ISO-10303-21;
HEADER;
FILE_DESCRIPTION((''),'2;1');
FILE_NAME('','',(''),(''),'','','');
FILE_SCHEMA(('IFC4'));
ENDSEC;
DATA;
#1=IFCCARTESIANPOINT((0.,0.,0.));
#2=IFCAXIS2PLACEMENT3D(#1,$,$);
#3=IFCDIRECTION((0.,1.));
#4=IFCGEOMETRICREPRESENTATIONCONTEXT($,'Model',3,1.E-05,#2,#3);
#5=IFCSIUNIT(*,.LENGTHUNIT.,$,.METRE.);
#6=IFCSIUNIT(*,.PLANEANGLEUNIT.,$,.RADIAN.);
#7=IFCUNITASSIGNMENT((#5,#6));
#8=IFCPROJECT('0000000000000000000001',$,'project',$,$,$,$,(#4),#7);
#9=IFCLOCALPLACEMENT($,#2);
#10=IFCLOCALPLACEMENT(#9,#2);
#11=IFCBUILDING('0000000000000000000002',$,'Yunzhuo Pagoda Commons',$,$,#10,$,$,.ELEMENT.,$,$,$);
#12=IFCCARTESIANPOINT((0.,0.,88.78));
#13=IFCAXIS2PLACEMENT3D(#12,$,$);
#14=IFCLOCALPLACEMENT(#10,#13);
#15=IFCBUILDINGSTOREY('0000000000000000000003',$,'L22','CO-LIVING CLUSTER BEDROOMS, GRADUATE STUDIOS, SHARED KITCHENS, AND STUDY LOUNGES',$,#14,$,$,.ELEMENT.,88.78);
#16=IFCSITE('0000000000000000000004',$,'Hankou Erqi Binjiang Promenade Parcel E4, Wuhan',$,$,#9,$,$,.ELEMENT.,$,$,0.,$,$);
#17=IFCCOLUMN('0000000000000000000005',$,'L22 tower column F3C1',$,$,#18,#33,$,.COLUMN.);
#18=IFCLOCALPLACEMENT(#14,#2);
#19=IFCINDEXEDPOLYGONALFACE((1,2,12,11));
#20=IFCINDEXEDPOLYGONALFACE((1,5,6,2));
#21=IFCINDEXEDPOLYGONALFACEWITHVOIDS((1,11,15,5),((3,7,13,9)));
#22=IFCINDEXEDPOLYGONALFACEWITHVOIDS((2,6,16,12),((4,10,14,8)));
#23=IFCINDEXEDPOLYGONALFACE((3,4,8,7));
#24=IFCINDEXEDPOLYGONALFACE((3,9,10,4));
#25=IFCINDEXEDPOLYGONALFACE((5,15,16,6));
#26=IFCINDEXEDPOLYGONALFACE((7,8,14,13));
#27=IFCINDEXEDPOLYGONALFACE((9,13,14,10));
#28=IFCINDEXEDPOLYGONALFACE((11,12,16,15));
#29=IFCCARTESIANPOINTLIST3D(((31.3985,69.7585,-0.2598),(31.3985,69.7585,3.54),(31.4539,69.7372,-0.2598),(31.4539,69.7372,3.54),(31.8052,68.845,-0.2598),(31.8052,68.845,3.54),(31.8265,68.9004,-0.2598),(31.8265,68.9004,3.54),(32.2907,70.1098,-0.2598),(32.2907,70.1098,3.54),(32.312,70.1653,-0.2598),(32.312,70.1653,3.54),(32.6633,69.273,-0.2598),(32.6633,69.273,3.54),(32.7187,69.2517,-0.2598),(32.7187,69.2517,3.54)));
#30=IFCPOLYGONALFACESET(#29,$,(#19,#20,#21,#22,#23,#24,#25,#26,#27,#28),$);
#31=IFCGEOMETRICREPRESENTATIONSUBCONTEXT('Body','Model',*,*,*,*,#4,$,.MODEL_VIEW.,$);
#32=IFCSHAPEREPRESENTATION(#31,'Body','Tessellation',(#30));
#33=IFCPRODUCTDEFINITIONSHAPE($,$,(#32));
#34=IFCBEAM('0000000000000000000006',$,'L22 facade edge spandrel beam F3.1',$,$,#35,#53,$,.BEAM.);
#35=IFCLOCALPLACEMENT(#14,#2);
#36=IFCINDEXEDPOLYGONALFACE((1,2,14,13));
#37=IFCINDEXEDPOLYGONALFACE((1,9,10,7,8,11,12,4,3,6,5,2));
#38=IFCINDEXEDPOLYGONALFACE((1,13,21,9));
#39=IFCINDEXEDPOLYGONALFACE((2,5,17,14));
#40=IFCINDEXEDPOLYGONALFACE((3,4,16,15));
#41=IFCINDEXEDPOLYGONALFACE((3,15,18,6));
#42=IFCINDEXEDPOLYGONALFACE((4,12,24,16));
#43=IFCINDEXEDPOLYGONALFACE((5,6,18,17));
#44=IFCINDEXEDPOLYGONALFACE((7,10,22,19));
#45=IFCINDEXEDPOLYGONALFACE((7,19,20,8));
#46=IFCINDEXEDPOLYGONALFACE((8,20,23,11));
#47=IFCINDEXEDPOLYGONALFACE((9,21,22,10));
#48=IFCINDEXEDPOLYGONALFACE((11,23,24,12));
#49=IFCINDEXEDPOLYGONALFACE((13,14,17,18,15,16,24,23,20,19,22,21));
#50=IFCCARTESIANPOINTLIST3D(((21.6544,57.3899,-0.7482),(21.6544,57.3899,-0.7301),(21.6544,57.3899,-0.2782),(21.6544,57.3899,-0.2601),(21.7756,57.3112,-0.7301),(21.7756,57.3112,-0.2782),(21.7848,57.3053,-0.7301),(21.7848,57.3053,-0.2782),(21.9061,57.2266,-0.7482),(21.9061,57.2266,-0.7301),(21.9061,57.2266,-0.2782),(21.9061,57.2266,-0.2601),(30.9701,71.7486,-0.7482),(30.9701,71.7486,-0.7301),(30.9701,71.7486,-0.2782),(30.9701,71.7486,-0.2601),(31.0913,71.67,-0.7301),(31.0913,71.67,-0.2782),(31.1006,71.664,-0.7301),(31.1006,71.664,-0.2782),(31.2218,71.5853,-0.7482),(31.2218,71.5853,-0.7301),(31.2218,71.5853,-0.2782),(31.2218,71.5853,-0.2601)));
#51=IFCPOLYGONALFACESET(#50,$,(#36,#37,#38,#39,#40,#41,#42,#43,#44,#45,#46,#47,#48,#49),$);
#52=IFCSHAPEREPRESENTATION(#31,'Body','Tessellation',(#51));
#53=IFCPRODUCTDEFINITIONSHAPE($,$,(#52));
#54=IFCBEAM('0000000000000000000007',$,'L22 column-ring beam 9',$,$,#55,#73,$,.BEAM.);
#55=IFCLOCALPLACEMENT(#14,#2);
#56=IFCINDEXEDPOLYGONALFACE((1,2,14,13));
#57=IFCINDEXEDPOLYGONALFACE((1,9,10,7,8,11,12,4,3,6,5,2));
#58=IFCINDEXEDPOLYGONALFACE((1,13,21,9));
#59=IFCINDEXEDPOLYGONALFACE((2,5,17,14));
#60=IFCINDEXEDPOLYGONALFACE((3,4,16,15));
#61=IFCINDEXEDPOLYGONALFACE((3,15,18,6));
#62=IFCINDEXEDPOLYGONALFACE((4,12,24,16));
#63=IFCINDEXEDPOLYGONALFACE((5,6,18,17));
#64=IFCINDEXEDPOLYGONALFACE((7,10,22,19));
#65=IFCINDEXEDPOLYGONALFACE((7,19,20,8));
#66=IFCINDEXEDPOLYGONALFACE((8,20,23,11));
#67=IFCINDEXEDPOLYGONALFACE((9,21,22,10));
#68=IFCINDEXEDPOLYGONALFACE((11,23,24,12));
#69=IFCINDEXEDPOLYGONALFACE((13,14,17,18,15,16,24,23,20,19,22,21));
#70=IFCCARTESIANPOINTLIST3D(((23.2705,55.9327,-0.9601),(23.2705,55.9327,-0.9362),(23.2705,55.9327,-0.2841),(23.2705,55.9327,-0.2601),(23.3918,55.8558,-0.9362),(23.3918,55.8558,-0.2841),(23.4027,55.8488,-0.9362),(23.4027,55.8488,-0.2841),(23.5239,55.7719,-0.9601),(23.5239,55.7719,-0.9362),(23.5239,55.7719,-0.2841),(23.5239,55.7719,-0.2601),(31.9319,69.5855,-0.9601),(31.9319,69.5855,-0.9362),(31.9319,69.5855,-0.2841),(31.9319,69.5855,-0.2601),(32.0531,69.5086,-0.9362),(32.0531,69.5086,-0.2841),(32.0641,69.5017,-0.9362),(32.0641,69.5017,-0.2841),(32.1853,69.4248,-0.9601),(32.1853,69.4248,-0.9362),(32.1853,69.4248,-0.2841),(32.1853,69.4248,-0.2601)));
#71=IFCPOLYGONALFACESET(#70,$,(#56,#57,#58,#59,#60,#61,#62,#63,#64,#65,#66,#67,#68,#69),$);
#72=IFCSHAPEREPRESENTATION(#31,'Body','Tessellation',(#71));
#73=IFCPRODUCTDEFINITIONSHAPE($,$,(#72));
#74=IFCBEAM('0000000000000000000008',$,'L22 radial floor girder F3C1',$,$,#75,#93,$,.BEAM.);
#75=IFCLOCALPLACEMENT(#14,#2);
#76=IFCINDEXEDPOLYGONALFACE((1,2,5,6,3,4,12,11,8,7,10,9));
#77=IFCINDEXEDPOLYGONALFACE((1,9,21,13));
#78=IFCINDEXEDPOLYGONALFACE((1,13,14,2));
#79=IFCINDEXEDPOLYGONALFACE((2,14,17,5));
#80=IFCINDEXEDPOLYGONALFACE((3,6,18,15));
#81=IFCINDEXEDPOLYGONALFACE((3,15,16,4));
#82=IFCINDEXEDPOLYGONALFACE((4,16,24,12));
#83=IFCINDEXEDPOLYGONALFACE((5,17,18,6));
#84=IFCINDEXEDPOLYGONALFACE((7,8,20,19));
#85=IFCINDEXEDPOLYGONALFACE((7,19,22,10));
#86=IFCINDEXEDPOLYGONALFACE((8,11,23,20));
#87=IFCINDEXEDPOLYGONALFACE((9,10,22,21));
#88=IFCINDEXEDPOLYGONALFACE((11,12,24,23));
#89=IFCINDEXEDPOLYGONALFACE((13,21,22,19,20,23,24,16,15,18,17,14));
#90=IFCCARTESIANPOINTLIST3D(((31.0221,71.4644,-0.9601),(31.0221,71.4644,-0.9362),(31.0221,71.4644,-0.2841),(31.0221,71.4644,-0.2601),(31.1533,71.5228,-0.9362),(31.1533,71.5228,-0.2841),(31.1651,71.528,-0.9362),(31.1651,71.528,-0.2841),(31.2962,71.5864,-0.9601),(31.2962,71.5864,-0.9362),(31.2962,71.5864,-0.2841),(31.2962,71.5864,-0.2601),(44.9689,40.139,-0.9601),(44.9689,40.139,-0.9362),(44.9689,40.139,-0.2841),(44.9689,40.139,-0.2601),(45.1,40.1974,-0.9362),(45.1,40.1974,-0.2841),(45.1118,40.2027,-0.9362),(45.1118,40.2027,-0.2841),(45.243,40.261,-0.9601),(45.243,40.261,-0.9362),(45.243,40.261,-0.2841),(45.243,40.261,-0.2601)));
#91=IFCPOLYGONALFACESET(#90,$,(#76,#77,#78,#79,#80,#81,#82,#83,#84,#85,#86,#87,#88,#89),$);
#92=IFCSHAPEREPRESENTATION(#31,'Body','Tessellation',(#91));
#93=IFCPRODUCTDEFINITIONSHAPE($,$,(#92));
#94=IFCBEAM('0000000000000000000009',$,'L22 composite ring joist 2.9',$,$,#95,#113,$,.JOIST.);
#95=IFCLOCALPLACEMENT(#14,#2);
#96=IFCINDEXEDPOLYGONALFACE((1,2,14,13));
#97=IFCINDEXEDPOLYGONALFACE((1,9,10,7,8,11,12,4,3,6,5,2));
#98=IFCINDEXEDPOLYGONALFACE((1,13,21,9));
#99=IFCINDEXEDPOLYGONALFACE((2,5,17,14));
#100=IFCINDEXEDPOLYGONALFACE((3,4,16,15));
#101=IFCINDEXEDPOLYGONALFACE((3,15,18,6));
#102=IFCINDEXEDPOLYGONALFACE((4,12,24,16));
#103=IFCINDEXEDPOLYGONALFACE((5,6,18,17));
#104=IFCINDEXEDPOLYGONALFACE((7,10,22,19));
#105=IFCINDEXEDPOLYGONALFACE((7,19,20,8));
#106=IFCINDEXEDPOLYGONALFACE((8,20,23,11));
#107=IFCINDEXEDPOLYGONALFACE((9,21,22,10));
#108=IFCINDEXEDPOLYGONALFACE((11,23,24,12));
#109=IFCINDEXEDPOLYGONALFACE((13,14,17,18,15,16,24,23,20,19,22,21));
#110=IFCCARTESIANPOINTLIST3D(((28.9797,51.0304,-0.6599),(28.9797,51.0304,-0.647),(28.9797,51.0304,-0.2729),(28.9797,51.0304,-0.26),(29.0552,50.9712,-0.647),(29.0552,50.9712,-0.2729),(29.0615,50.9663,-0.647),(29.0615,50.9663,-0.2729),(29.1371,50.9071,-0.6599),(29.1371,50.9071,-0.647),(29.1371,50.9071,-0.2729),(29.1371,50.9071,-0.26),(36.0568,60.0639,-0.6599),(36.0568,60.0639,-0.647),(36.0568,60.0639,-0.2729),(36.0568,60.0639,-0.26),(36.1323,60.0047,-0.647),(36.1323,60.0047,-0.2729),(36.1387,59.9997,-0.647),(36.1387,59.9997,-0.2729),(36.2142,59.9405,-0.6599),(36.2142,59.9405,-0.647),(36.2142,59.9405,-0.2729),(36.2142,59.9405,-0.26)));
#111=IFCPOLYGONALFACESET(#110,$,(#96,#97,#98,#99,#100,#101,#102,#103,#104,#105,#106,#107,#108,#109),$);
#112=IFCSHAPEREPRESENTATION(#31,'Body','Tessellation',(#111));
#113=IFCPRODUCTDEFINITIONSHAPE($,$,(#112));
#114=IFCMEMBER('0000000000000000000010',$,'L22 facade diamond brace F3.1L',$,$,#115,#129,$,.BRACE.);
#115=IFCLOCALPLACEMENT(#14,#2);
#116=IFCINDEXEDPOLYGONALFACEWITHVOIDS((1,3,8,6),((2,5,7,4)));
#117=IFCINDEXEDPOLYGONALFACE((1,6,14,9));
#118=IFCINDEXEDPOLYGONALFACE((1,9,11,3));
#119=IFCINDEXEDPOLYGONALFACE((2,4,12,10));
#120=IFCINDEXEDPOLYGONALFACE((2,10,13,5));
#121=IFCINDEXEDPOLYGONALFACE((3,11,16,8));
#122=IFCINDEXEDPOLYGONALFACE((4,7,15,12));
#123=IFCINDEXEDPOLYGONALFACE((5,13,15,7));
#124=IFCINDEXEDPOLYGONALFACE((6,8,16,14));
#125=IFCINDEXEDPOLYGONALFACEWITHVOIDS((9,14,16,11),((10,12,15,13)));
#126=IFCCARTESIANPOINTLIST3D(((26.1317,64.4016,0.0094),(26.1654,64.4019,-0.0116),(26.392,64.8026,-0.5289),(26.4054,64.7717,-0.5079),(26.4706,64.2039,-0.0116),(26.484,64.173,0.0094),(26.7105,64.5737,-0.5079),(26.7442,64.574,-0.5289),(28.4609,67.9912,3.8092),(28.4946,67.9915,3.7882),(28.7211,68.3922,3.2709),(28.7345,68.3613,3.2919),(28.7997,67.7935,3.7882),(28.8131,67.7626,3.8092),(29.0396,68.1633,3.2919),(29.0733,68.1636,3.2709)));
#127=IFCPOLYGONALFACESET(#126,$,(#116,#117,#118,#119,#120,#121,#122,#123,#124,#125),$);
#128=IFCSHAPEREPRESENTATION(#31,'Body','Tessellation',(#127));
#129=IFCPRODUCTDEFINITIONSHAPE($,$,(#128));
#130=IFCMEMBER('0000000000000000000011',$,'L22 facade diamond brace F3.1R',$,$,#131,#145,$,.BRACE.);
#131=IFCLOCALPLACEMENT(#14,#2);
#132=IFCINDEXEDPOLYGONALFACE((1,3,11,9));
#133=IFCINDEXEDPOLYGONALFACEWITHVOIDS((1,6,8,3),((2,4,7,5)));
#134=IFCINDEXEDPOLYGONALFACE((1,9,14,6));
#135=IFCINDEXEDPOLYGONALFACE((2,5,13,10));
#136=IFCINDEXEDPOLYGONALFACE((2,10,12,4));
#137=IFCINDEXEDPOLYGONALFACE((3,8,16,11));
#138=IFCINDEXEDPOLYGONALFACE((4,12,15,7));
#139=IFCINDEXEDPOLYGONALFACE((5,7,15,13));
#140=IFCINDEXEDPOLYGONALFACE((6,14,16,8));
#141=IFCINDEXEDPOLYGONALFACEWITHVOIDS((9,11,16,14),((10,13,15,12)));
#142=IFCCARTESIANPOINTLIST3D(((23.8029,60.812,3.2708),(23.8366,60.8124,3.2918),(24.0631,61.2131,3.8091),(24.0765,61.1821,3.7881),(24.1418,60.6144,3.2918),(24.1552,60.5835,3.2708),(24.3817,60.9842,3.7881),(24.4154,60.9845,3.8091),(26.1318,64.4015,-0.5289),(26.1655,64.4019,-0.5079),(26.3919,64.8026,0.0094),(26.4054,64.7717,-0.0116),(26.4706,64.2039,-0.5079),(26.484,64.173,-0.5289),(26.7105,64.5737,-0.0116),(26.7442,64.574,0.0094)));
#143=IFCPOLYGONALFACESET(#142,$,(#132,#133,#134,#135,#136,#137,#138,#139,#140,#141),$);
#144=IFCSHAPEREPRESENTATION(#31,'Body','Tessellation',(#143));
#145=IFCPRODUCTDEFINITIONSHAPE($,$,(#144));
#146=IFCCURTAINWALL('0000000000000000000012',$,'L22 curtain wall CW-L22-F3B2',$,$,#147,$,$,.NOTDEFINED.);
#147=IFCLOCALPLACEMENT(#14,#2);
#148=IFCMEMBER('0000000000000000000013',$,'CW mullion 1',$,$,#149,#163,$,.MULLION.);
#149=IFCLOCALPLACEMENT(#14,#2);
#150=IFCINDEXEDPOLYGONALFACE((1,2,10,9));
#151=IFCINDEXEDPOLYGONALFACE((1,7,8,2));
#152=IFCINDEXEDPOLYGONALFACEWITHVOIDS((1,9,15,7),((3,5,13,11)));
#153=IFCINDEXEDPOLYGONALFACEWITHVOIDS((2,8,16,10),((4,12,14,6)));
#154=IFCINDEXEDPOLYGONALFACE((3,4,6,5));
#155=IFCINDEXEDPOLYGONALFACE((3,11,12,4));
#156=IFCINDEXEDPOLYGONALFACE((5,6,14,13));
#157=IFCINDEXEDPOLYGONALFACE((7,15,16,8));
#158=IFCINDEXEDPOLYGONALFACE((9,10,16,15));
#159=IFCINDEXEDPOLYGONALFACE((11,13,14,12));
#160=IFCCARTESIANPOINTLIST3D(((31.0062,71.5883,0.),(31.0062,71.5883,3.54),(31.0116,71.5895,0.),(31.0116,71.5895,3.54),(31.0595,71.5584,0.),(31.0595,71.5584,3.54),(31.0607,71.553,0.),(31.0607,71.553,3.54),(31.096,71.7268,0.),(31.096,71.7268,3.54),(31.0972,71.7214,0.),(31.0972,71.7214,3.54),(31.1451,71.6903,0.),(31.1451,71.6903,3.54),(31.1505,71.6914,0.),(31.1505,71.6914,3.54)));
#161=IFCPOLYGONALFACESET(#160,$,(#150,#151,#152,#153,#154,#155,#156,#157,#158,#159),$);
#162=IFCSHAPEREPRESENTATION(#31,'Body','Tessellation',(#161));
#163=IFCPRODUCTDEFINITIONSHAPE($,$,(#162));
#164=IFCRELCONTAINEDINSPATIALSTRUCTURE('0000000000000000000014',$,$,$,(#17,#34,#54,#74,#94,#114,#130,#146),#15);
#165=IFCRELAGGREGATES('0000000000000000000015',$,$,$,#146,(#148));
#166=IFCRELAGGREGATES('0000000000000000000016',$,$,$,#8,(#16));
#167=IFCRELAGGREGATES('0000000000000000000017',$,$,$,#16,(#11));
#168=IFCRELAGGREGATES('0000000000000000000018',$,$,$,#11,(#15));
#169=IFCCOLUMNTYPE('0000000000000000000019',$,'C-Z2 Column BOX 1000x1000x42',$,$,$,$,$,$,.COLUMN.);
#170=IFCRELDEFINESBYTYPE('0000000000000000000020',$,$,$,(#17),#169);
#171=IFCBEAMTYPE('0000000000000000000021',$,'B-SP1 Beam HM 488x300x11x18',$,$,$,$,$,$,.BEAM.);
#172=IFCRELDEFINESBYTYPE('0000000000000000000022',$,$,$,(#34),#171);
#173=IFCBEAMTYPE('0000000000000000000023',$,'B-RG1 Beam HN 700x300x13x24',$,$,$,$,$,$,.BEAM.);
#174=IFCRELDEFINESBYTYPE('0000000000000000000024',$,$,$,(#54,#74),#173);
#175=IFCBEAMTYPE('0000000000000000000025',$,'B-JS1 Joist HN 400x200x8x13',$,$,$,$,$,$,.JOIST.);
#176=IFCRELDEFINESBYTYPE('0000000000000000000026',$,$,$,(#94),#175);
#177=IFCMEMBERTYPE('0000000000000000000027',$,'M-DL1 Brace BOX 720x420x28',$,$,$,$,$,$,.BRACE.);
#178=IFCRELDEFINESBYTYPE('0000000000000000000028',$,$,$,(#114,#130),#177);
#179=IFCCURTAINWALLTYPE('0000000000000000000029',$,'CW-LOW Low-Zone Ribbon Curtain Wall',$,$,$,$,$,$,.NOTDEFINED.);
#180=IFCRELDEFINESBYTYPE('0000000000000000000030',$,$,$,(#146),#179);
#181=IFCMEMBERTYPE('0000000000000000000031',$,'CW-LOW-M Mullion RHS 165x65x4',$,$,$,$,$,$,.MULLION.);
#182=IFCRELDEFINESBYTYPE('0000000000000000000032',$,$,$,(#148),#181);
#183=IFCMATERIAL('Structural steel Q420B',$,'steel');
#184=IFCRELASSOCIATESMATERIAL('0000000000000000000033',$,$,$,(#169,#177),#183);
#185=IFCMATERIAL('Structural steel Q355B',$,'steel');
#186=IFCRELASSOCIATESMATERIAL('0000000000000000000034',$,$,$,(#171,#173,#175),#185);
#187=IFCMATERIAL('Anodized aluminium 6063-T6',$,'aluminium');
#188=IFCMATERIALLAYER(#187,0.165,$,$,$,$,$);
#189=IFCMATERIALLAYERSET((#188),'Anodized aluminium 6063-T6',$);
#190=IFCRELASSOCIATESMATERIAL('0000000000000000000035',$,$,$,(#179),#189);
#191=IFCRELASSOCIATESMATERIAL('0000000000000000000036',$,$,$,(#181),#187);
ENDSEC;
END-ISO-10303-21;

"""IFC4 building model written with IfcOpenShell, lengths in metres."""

from ifc_helpers import new_model, si_unit, direction, frame, origin, origin_2d, place, context, subcontext, project, spatial, hollow_rectangle, i_section, extrude, source, transform, mapped, material, layer, layer_set, material_profile, profile_set, type_object, element, aggregate, save


model = new_model("IFC4")

# Units and contexts
model_context = context("Model", 3, precision=1e-05, world=origin(), true_north=direction((0.0, 1.0)))
body_context = subcontext(model_context, "Body", "Model", "MODEL_VIEW")
ifc_project = project(units=[si_unit("LENGTHUNIT", "METRE"), si_unit("PLANEANGLEUNIT", "RADIAN")], contexts=[model_context])

# Site, building, storey
site_placement = place(None, origin())
site = spatial("IfcSite", under=ifc_project, at=site_placement, Name="Hankou Erqi Binjiang Promenade Parcel E4, Wuhan", CompositionType="ELEMENT", RefElevation=0.0)
building_placement = place(site_placement, origin())
building = spatial("IfcBuilding", under=site, at=building_placement, Name="Yunzhuo Pagoda Commons", CompositionType="ELEMENT")
storey_placement = place(building_placement, frame((0.0, 0.0, 88.78)))
storey = spatial("IfcBuildingStorey", under=building, at=storey_placement, Name="L22", Description="CO-LIVING CLUSTER BEDROOMS, GRADUATE STUDIOS, SHARED KITCHENS, AND STUDY LOUNGES", CompositionType="ELEMENT", Elevation=88.78)

# Column
ifc_material_1 = material(Name="Structural steel Q420B", Category="steel")
ifc_material_profile_1 = material_profile(ifc_material_1, hollow_rectangle(XDim=1.0, YDim=1.0, WallThickness=0.042, at=origin_2d()), Name="Structural steel Q420B")
ifc_profile_set_1 = profile_set([ifc_material_profile_1], Name="Structural steel Q420B")
column_type = type_object("IfcColumnType", Name="C-Z2 Column BOX 1000x1000x42", PredefinedType="COLUMN", material=ifc_profile_set_1)
shared_shape_1 = source(origin(), body_context, "Body", "SweptSolid", [
    extrude(hollow_rectangle(XDim=1.0, YDim=1.0, WallThickness=0.042, at=origin_2d()), origin(), (0.0, 0.0, 1.0), 3.7998),
])
column_placement = place(storey_placement, frame((32.0586, 69.5051, -0.2598), z_axis=(0.0, 0.0, 1.0), x_axis=(-0.913545, -0.406737, 0.0)))
element("IfcColumn", 1, at=column_placement, inside=storey, type_object=column_type, Name="L22 tower column F3C1", PredefinedType="COLUMN", context=body_context, shape_type="MappedRepresentation", body=[
    mapped(shared_shape_1, transform((0.0, 0.0, 0.0), scale=1.0)),
])

# Beams
ifc_material_2 = material(Name="Structural steel Q355B", Category="steel")
ifc_material_profile_2 = material_profile(ifc_material_2, i_section(OverallWidth=0.3, OverallDepth=0.488, WebThickness=0.011, FlangeThickness=0.0181, at=origin_2d()), Name="Structural steel Q355B")
ifc_profile_set_2 = profile_set([ifc_material_profile_2], Name="Structural steel Q355B")
beam_type_1 = type_object("IfcBeamType", Name="B-SP1 Beam HM 488x300x11x18", PredefinedType="BEAM", material=ifc_profile_set_2)
shared_shape_2 = source(origin(), body_context, "Body", "SweptSolid", [
    extrude(i_section(OverallWidth=0.3, OverallDepth=0.488, WebThickness=0.011, FlangeThickness=0.0181, at=origin_2d()), origin(), (0.0, 0.0, 1.0), 17.116),
])
beam_1_placement = place(storey_placement, frame((31.0959, 71.667, -0.5042), z_axis=(-0.544272, -0.838909, 0.0), x_axis=(0.838909, -0.544272, 0.0)))
element("IfcBeam", 2, at=beam_1_placement, inside=storey, type_object=beam_type_1, Name="L22 facade edge spandrel beam F3.1", PredefinedType="BEAM", context=body_context, shape_type="MappedRepresentation", body=[
    mapped(shared_shape_2, transform((0.0, 0.0, 0.0), scale=1.0)),
])
ifc_material_profile_3 = material_profile(ifc_material_2, i_section(OverallWidth=0.3, OverallDepth=0.7, WebThickness=0.0129, FlangeThickness=0.0239, at=origin_2d()), Name="Structural steel Q355B")
ifc_profile_set_3 = profile_set([ifc_material_profile_3], Name="Structural steel Q355B")
beam_type_2 = type_object("IfcBeamType", Name="B-RG1 Beam HN 700x300x13x24", PredefinedType="BEAM", material=ifc_profile_set_3)
shared_shape_3 = source(origin(), body_context, "Body", "SweptSolid", [
    extrude(i_section(OverallWidth=0.3, OverallDepth=0.7, WebThickness=0.0129, FlangeThickness=0.0239, at=origin_2d()), origin(), (0.0, 0.0, 1.0), 16.1685),
])
beam_2_placement = place(storey_placement, frame((32.0586, 69.5051, -0.6101), z_axis=(-0.535696, -0.844411, 0.0), x_axis=(0.844411, -0.535696, 0.0)))
element("IfcBeam", 3, at=beam_2_placement, inside=storey, type_object=beam_type_2, Name="L22 column-ring beam 9", PredefinedType="BEAM", context=body_context, shape_type="MappedRepresentation", body=[
    mapped(shared_shape_3, transform((0.0, 0.0, 0.0), scale=1.0)),
])
shared_shape_4 = source(origin(), body_context, "Body", "SweptSolid", [
    extrude(i_section(OverallWidth=0.3, OverallDepth=0.7, WebThickness=0.0129, FlangeThickness=0.0239, at=origin_2d()), origin(), (0.0, 0.0, 1.0), 34.2898),
])
beam_3_placement = place(storey_placement, frame((31.1592, 71.5254, -0.6101), z_axis=(0.406732, -0.913548, 0.0), x_axis=(0.913548, 0.406732, 0.0)))
element("IfcBeam", 4, at=beam_3_placement, inside=storey, type_object=beam_type_2, Name="L22 radial floor girder F3C1", PredefinedType="BEAM", context=body_context, shape_type="MappedRepresentation", body=[
    mapped(shared_shape_4, transform((0.0, 0.0, 0.0), scale=1.0)),
])
ifc_material_profile_4 = material_profile(ifc_material_2, i_section(OverallWidth=0.2, OverallDepth=0.3999, WebThickness=0.0081, FlangeThickness=0.0129, at=origin_2d()), Name="Structural steel Q355B")
ifc_profile_set_4 = profile_set([ifc_material_profile_4], Name="Structural steel Q355B")
beam_type_3 = type_object("IfcBeamType", Name="B-JS1 Joist HN 400x200x8x13", PredefinedType="JOIST", material=ifc_profile_set_4)
shared_shape_5 = source(origin(), body_context, "Body", "SweptSolid", [
    extrude(i_section(OverallWidth=0.2, OverallDepth=0.3999, WebThickness=0.0081, FlangeThickness=0.0129, at=origin_2d()), origin(), (0.0, 0.0, 1.0), 11.4756),
])
beam_4_placement = place(storey_placement, frame((36.1355, 60.0022, -0.46), z_axis=(-0.616713, -0.787188, 0.0), x_axis=(0.787188, -0.616713, 0.0)))
element("IfcBeam", 5, at=beam_4_placement, inside=storey, type_object=beam_type_3, Name="L22 composite ring joist 2.9", PredefinedType="JOIST", context=body_context, shape_type="MappedRepresentation", body=[
    mapped(shared_shape_5, transform((0.0, 0.0, 0.0), scale=1.0)),
])

# Members
ifc_material_profile_5 = material_profile(ifc_material_1, hollow_rectangle(XDim=0.4199, YDim=0.72, WallThickness=0.0281, at=origin_2d()), Name="Structural steel Q420B")
ifc_profile_set_5 = profile_set([ifc_material_profile_5], Name="Structural steel Q420B")
member_type_1 = type_object("IfcMemberType", Name="M-DL1 Brace BOX 720x420x28", PredefinedType="BRACE", material=ifc_profile_set_5)
shared_shape_6 = source(origin(), body_context, "Body", "SweptSolid", [
    extrude(hollow_rectangle(XDim=0.4199, YDim=0.72, WallThickness=0.0281, at=origin_2d()), origin(), (0.0, 0.0, 1.0), 5.7227),
])
member_1_placement = place(storey_placement, frame((26.438, 64.4878, -0.2598), z_axis=(0.406999, 0.627264, 0.663997), x_axis=(-0.838885, 0.544308, 0.0)))
element("IfcMember", 6, at=member_1_placement, inside=storey, type_object=member_type_1, Name="L22 facade diamond brace F3.1L", PredefinedType="BRACE", context=body_context, shape_type="MappedRepresentation", body=[
    mapped(shared_shape_6, transform((0.0, 0.0, 0.0), scale=1.0)),
])
shared_shape_7 = source(origin(), body_context, "Body", "SweptSolid", [
    extrude(hollow_rectangle(XDim=0.4199, YDim=0.72, WallThickness=0.0281, at=origin_2d()), origin(), (0.0, 0.0, 1.0), 5.7224),
])
member_2_placement = place(storey_placement, frame((26.438, 64.4878, -0.2598), z_axis=(-0.406963, -0.627275, 0.664008), x_axis=(0.838911, -0.544268, 0.0)))
element("IfcMember", 7, at=member_2_placement, inside=storey, type_object=member_type_1, Name="L22 facade diamond brace F3.1R", PredefinedType="BRACE", context=body_context, shape_type="MappedRepresentation", body=[
    mapped(shared_shape_7, transform((0.0, 0.0, 0.0), scale=1.0)),
])

# Curtain wall, member
ifc_material_3 = material(Name="Anodized aluminium 6063-T6", Category="aluminium")
ifc_layer_1 = layer(ifc_material_3, 0.165)
ifc_layer_set_1 = layer_set([ifc_layer_1], Name="Anodized aluminium 6063-T6")
curtain_wall_type = type_object("IfcCurtainWallType", Name="CW-LOW Low-Zone Ribbon Curtain Wall", PredefinedType="NOTDEFINED", material=ifc_layer_set_1)
curtain_wall_1_placement = place(storey_placement, origin())
curtain_wall_1 = element("IfcCurtainWall", 8, at=curtain_wall_1_placement, inside=storey, type_object=curtain_wall_type, Name="L22 curtain wall CW-L22-F3B2", PredefinedType="NOTDEFINED")
ifc_material_profile_6 = material_profile(ifc_material_3, hollow_rectangle(XDim=0.0649, YDim=0.165, WallThickness=0.0039, at=origin_2d()), Name="Anodized aluminium 6063-T6")
ifc_profile_set_6 = profile_set([ifc_material_profile_6], Name="Anodized aluminium 6063-T6")
member_type_2 = type_object("IfcMemberType", Name="CW-LOW-M Mullion RHS 165x65x4", PredefinedType="MULLION", material=ifc_profile_set_6)
shared_shape_8 = source(origin(), body_context, "Body", "SweptSolid", [
    extrude(hollow_rectangle(XDim=0.0649, YDim=0.165, WallThickness=0.0039, at=origin_2d()), origin(), (0.0, 0.0, 1.0), 3.54),
])
member_3_placement = place(storey_placement, frame((31.0784, 71.6399, 0.0), z_axis=(0.0, 0.0, 1.0), x_axis=(0.838907, -0.544275, 0.0)))
member_3 = element("IfcMember", 9, at=member_3_placement, type_object=member_type_2, Name="CW mullion 1", PredefinedType="MULLION", context=body_context, shape_type="MappedRepresentation", body=[
    mapped(shared_shape_8, transform((0.0, 0.0, 0.0), scale=1.0)),
])

aggregate(curtain_wall_1, [member_3])

save(model, "model.ifc")
